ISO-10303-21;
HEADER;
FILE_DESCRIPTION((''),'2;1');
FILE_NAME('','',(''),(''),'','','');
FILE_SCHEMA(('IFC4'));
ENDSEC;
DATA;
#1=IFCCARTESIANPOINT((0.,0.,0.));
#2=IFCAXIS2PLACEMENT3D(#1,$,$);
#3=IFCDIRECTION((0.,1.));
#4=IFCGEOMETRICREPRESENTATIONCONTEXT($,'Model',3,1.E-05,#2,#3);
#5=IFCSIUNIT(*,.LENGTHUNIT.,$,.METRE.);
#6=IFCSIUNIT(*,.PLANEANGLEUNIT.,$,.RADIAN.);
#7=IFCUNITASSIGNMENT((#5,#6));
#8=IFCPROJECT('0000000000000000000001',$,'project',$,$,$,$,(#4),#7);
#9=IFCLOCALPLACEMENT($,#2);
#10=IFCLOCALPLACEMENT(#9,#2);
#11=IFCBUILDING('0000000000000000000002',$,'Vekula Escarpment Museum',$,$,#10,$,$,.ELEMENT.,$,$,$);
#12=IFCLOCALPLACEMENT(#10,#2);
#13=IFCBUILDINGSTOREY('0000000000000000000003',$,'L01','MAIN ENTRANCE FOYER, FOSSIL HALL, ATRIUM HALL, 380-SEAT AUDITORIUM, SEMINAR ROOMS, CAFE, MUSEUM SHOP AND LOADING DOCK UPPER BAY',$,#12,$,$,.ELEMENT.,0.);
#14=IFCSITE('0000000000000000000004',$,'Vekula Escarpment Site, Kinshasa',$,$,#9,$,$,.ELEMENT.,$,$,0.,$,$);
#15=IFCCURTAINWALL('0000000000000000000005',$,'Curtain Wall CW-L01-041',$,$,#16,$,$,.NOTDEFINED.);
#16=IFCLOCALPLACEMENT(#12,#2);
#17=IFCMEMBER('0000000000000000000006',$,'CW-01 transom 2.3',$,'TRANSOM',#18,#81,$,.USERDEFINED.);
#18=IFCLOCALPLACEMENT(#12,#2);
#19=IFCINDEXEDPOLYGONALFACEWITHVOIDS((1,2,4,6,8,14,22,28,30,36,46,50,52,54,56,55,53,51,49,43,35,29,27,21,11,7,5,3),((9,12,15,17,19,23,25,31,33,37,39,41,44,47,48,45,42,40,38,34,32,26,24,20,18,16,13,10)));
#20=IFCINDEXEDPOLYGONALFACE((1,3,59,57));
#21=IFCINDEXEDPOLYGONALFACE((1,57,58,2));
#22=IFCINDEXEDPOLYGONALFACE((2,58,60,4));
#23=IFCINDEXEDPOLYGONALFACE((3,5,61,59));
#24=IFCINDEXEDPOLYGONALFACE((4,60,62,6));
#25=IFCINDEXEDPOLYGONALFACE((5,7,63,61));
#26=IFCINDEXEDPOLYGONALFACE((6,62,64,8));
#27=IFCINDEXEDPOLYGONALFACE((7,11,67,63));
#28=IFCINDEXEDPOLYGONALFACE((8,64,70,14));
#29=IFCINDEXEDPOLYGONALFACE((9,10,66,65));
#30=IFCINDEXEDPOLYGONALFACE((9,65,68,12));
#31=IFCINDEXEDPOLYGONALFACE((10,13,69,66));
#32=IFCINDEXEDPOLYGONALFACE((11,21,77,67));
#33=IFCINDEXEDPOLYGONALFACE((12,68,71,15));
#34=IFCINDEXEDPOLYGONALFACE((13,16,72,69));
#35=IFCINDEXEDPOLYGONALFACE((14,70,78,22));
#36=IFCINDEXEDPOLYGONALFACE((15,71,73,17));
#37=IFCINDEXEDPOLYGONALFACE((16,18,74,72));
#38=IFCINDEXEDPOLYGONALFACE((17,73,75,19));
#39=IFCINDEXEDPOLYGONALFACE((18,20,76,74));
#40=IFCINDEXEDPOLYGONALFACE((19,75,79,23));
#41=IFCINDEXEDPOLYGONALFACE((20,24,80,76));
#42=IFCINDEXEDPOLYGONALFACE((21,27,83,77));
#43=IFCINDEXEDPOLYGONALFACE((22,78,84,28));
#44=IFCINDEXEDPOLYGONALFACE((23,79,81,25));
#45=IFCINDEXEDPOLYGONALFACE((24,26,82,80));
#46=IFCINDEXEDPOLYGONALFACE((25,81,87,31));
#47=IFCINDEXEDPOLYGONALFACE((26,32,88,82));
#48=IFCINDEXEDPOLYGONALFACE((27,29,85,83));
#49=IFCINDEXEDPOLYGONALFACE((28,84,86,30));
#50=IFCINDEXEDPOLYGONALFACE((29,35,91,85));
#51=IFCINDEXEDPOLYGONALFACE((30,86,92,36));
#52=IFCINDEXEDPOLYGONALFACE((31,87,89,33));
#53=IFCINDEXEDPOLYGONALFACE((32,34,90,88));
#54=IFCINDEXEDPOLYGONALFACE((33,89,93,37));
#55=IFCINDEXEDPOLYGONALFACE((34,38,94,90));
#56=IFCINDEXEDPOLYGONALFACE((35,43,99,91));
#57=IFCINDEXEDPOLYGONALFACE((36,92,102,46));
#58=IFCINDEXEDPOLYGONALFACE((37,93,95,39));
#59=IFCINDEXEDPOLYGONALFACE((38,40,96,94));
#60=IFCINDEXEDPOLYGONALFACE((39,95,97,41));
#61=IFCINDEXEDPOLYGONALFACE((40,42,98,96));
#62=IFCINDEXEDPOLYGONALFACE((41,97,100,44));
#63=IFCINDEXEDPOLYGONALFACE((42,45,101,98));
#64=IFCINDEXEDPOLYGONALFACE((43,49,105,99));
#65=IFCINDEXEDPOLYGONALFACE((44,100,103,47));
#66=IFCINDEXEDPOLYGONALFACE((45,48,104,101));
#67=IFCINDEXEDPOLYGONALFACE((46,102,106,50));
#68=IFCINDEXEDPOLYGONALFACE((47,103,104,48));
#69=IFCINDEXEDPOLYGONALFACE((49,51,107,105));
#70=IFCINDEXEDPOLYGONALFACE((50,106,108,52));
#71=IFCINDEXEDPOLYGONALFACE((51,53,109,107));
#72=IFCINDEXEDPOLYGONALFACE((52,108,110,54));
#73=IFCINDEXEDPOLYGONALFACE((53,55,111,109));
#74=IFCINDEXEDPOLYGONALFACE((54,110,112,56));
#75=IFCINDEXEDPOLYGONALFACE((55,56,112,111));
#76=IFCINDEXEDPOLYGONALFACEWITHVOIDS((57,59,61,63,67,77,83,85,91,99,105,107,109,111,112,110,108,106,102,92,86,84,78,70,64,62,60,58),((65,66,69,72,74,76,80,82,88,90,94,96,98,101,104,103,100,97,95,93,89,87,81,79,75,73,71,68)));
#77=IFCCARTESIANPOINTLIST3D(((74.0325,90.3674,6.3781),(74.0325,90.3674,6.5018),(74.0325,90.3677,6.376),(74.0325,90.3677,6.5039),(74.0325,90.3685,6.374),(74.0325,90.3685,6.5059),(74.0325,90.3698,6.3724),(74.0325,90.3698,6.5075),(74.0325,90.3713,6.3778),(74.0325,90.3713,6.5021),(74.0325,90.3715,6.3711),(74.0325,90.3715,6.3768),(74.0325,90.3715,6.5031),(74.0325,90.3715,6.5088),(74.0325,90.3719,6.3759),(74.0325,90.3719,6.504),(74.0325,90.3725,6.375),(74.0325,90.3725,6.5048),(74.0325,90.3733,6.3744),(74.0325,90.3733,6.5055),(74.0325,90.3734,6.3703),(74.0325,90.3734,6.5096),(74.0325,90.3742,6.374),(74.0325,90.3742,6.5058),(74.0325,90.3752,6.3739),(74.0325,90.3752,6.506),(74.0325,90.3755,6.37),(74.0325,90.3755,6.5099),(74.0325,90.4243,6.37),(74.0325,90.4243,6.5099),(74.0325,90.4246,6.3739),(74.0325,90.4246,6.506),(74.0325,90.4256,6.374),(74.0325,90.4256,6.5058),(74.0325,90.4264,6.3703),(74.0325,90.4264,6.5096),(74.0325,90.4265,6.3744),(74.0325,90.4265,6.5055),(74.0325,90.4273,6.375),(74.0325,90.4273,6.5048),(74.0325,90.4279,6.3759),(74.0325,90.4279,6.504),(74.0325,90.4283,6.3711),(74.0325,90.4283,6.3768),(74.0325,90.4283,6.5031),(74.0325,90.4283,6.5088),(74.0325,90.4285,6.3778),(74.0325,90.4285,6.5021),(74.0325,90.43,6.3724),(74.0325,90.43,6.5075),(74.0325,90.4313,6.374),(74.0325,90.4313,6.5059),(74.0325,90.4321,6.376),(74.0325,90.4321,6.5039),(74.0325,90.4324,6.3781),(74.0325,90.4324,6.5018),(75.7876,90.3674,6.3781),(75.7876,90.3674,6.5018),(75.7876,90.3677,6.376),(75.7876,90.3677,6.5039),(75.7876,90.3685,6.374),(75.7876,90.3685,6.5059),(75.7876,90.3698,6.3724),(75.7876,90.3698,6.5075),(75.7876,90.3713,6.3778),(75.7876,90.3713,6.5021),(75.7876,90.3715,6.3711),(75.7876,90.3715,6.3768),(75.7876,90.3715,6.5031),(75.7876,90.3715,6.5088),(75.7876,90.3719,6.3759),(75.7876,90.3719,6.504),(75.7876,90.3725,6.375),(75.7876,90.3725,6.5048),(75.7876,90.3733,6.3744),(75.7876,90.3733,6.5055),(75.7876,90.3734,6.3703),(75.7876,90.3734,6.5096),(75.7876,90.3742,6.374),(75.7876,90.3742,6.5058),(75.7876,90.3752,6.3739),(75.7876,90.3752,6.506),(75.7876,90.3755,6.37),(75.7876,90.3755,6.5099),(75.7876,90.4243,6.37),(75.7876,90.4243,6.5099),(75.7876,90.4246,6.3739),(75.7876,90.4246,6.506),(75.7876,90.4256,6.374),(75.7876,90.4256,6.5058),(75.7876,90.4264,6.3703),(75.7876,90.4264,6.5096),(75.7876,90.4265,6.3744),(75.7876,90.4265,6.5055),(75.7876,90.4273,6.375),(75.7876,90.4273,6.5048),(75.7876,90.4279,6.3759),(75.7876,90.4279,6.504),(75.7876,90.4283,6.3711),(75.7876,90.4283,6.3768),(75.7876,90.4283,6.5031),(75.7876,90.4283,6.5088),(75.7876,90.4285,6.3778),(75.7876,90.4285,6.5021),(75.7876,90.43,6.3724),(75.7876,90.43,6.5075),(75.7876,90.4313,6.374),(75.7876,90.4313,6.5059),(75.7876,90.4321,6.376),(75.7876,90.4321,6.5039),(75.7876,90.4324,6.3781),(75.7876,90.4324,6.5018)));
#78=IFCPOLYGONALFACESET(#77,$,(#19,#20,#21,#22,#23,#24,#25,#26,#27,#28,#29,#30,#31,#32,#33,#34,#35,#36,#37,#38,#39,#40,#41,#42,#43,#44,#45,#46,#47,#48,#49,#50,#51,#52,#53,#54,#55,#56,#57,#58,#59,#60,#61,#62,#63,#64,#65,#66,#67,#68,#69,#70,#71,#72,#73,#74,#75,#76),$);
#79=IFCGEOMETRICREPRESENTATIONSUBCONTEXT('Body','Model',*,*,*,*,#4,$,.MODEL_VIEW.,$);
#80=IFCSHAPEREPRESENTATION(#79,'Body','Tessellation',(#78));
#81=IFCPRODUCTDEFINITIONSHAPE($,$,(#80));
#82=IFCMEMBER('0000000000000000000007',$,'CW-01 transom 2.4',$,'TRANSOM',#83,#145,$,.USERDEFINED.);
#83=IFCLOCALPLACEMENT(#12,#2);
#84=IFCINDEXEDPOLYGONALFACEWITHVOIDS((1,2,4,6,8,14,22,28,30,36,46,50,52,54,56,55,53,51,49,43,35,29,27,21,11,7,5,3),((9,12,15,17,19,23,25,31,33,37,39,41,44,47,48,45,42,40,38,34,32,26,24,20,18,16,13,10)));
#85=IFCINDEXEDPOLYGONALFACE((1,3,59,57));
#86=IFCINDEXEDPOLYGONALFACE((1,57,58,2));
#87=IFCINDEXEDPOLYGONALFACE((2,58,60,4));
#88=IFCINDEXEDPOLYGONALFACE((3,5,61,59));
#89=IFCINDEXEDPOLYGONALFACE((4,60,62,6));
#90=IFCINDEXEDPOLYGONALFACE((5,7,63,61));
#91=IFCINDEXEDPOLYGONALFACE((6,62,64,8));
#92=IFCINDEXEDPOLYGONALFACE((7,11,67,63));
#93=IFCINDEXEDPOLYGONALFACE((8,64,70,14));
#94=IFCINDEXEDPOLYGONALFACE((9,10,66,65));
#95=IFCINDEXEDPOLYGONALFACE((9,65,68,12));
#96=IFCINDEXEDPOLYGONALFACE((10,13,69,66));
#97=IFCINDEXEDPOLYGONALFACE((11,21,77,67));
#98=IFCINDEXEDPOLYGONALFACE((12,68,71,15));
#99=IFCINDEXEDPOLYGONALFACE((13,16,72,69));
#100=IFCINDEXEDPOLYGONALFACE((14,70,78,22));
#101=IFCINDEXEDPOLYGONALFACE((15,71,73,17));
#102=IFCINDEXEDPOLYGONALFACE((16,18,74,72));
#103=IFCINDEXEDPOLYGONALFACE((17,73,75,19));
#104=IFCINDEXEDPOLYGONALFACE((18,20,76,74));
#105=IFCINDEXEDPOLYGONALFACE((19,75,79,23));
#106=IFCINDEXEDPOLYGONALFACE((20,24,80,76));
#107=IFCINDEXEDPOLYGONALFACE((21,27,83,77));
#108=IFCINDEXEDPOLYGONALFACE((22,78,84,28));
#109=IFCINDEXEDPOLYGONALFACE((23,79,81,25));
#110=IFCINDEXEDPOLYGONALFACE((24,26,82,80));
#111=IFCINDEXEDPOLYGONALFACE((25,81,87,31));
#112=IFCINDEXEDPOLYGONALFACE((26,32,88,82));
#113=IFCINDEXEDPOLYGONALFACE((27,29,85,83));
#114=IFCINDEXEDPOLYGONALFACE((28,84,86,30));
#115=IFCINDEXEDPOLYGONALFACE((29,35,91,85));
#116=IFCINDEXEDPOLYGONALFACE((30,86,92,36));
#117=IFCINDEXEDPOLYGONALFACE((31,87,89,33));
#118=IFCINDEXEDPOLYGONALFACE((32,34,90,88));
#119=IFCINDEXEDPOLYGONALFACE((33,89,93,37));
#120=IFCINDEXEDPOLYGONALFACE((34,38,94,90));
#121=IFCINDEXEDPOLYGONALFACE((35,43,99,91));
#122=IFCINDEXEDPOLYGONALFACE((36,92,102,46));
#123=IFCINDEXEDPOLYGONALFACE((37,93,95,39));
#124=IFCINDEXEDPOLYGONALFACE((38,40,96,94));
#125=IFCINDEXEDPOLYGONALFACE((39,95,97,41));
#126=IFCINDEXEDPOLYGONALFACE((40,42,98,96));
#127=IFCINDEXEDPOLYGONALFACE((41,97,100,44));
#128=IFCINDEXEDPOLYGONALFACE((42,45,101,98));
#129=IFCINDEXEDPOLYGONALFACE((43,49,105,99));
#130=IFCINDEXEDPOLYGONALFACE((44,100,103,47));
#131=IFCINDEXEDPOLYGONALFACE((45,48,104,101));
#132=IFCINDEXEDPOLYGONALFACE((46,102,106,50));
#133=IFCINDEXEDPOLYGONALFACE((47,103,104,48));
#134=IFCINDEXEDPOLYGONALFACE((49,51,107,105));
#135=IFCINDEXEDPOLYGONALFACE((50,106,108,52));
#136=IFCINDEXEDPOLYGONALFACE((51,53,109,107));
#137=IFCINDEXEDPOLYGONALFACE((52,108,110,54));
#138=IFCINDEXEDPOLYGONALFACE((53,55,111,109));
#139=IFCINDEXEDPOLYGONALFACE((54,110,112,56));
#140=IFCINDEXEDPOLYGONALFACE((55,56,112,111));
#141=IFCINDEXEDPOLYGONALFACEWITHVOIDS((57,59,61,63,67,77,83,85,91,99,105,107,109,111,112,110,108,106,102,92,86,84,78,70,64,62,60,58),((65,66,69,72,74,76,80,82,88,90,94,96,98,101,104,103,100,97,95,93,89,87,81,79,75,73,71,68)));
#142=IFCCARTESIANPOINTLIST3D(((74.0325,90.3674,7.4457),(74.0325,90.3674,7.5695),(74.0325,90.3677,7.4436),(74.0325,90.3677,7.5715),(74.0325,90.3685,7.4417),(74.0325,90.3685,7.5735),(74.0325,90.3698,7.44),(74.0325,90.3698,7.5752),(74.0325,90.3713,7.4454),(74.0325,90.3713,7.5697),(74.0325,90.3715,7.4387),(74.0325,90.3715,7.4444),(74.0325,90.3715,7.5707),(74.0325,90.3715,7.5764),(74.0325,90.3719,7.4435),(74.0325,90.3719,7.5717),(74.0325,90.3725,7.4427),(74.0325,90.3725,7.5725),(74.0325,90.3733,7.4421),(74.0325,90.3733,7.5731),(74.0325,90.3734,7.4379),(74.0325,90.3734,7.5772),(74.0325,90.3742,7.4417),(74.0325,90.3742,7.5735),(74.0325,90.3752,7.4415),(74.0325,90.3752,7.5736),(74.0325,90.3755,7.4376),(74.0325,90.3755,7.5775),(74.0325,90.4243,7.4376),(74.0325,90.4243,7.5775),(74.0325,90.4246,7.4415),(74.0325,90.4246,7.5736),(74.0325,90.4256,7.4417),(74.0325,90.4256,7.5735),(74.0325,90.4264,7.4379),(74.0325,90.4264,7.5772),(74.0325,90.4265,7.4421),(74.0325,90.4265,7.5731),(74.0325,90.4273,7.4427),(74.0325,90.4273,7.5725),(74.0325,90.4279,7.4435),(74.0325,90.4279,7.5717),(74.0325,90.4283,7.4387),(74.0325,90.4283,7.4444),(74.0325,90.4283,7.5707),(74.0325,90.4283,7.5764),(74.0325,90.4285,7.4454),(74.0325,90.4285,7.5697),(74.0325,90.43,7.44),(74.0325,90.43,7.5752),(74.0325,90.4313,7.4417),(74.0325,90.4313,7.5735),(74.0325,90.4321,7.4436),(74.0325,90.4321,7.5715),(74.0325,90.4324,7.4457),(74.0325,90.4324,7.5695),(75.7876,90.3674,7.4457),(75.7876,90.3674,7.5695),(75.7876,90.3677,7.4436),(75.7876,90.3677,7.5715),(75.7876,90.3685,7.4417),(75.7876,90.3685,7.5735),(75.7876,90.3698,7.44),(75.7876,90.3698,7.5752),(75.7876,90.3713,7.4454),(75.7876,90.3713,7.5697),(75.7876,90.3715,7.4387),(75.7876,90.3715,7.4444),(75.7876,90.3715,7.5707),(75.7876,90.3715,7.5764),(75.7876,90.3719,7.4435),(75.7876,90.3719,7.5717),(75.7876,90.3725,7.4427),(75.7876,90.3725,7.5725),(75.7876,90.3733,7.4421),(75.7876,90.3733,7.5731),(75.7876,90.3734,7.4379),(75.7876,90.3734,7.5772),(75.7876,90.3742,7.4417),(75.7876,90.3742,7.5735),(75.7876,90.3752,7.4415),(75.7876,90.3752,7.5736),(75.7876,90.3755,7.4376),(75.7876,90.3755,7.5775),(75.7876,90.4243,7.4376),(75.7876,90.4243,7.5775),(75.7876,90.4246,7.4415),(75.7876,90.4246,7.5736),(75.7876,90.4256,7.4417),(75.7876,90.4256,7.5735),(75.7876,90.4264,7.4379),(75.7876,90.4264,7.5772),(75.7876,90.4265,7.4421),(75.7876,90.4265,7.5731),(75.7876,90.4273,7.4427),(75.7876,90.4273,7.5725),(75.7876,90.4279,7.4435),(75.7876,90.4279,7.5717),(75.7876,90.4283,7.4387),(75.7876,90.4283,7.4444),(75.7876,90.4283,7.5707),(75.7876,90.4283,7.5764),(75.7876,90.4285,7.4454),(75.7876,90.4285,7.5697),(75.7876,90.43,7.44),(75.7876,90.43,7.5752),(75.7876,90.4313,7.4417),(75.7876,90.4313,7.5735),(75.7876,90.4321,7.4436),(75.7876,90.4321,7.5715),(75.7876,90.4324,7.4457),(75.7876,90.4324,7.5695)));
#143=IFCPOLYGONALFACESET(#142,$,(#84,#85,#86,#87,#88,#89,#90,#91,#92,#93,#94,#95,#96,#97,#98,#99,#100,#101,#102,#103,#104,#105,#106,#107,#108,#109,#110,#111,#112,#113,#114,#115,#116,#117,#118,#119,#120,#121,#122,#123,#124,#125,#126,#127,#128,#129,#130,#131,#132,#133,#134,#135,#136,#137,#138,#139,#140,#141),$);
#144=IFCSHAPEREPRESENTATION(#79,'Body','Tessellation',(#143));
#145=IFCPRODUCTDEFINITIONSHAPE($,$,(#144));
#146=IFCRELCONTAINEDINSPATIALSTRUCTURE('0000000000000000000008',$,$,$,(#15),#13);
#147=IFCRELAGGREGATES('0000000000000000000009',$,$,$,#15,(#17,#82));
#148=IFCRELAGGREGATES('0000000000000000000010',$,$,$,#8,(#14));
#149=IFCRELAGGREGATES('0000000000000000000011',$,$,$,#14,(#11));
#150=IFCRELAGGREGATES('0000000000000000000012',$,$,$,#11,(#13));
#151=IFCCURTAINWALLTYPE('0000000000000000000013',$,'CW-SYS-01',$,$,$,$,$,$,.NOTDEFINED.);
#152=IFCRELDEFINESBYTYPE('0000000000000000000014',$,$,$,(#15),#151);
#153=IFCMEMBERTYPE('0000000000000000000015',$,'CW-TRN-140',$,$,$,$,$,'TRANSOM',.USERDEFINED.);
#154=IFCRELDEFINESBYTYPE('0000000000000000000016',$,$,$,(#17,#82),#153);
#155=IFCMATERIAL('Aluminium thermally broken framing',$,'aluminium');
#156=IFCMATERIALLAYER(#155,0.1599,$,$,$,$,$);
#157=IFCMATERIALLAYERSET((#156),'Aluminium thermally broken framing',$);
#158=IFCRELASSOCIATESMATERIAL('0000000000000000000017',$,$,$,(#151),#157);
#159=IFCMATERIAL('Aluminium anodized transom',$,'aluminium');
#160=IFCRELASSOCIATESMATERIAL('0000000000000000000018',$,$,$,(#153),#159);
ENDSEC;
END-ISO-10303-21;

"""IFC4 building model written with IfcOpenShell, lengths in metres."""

from ifc_helpers import new_model, si_unit, direction, frame, origin, origin_2d, place, context, subcontext, project, spatial, hollow_rectangle, extrude, material, layer, layer_set, material_profile, profile_set, type_object, element, aggregate, save


model = new_model("IFC4")

# Units and contexts
model_context = context("Model", 3, precision=1e-05, world=origin(), true_north=direction((0.0, 1.0)))
body_context = subcontext(model_context, "Body", "Model", "MODEL_VIEW")
ifc_project = project(units=[si_unit("LENGTHUNIT", "METRE"), si_unit("PLANEANGLEUNIT", "RADIAN")], contexts=[model_context])

# Site, building, storey
site_placement = place(None, origin())
site = spatial("IfcSite", under=ifc_project, at=site_placement, Name="Vekula Escarpment Site, Kinshasa", CompositionType="ELEMENT", RefElevation=0.0)
building_placement = place(site_placement, origin())
building = spatial("IfcBuilding", under=site, at=building_placement, Name="Vekula Escarpment Museum", CompositionType="ELEMENT")
storey_placement = place(building_placement, origin())
storey = spatial("IfcBuildingStorey", under=building, at=storey_placement, Name="L01", Description="MAIN ENTRANCE FOYER, FOSSIL HALL, ATRIUM HALL, 380-SEAT AUDITORIUM, SEMINAR ROOMS, CAFE, MUSEUM SHOP AND LOADING DOCK UPPER BAY", CompositionType="ELEMENT", Elevation=0.0)

# Curtain wall, members
ifc_material_1 = material(Name="Aluminium thermally broken framing", Category="aluminium")
ifc_layer_1 = layer(ifc_material_1, 0.1599)
ifc_layer_set_1 = layer_set([ifc_layer_1], Name="Aluminium thermally broken framing")
curtain_wall_type = type_object("IfcCurtainWallType", Name="CW-SYS-01", PredefinedType="NOTDEFINED", material=ifc_layer_set_1)
curtain_wall_placement = place(storey_placement, origin())
curtain_wall = element("IfcCurtainWall", 1, at=curtain_wall_placement, inside=storey, type_object=curtain_wall_type, Name="Curtain Wall CW-L01-041", PredefinedType="NOTDEFINED")
ifc_material_2 = material(Name="Aluminium anodized transom", Category="aluminium")
ifc_material_profile_1 = material_profile(ifc_material_2, hollow_rectangle(XDim=0.0649, YDim=0.1399, WallThickness=0.0039, InnerFilletRadius=0.0039, OuterFilletRadius=0.0081, at=origin_2d()), Name="ALU 140x65x4")
ifc_profile_set_1 = profile_set([ifc_material_profile_1], Name="Aluminium anodized transom")
member_type_1 = type_object("IfcMemberType", Name="CW-TRN-140", ElementType="TRANSOM", PredefinedType="USERDEFINED", material=ifc_profile_set_1)
member_1_placement = place(storey_placement, frame((75.7876, 90.3999, 6.4399), z_axis=(-1.0, 0.0, 0.0), x_axis=(0.0, -1.0, 0.0)))
member_1 = element("IfcMember", 2, at=member_1_placement, type_object=member_type_1, Name="CW-01 transom 2.3", ObjectType="TRANSOM", PredefinedType="USERDEFINED", context=body_context, shape_type="SweptSolid", body=[
    extrude(hollow_rectangle(XDim=0.0649, YDim=0.1399, WallThickness=0.0039, InnerFilletRadius=0.0039, OuterFilletRadius=0.0081, at=origin_2d()), origin(), (0.0, 0.0, 1.0), 1.7551),
])
member_2_placement = place(storey_placement, frame((75.7876, 90.3999, 7.5076), z_axis=(-1.0, 0.0, 0.0), x_axis=(0.0, -1.0, 0.0)))
member_2 = element("IfcMember", 3, at=member_2_placement, type_object=member_type_1, Name="CW-01 transom 2.4", ObjectType="TRANSOM", PredefinedType="USERDEFINED", context=body_context, shape_type="SweptSolid", body=[
    extrude(hollow_rectangle(XDim=0.0649, YDim=0.1399, WallThickness=0.0039, InnerFilletRadius=0.0039, OuterFilletRadius=0.0081, at=origin_2d()), origin(), (0.0, 0.0, 1.0), 1.7551),
])

aggregate(curtain_wall, [member_1, member_2])

save(model, "model.ifc")
